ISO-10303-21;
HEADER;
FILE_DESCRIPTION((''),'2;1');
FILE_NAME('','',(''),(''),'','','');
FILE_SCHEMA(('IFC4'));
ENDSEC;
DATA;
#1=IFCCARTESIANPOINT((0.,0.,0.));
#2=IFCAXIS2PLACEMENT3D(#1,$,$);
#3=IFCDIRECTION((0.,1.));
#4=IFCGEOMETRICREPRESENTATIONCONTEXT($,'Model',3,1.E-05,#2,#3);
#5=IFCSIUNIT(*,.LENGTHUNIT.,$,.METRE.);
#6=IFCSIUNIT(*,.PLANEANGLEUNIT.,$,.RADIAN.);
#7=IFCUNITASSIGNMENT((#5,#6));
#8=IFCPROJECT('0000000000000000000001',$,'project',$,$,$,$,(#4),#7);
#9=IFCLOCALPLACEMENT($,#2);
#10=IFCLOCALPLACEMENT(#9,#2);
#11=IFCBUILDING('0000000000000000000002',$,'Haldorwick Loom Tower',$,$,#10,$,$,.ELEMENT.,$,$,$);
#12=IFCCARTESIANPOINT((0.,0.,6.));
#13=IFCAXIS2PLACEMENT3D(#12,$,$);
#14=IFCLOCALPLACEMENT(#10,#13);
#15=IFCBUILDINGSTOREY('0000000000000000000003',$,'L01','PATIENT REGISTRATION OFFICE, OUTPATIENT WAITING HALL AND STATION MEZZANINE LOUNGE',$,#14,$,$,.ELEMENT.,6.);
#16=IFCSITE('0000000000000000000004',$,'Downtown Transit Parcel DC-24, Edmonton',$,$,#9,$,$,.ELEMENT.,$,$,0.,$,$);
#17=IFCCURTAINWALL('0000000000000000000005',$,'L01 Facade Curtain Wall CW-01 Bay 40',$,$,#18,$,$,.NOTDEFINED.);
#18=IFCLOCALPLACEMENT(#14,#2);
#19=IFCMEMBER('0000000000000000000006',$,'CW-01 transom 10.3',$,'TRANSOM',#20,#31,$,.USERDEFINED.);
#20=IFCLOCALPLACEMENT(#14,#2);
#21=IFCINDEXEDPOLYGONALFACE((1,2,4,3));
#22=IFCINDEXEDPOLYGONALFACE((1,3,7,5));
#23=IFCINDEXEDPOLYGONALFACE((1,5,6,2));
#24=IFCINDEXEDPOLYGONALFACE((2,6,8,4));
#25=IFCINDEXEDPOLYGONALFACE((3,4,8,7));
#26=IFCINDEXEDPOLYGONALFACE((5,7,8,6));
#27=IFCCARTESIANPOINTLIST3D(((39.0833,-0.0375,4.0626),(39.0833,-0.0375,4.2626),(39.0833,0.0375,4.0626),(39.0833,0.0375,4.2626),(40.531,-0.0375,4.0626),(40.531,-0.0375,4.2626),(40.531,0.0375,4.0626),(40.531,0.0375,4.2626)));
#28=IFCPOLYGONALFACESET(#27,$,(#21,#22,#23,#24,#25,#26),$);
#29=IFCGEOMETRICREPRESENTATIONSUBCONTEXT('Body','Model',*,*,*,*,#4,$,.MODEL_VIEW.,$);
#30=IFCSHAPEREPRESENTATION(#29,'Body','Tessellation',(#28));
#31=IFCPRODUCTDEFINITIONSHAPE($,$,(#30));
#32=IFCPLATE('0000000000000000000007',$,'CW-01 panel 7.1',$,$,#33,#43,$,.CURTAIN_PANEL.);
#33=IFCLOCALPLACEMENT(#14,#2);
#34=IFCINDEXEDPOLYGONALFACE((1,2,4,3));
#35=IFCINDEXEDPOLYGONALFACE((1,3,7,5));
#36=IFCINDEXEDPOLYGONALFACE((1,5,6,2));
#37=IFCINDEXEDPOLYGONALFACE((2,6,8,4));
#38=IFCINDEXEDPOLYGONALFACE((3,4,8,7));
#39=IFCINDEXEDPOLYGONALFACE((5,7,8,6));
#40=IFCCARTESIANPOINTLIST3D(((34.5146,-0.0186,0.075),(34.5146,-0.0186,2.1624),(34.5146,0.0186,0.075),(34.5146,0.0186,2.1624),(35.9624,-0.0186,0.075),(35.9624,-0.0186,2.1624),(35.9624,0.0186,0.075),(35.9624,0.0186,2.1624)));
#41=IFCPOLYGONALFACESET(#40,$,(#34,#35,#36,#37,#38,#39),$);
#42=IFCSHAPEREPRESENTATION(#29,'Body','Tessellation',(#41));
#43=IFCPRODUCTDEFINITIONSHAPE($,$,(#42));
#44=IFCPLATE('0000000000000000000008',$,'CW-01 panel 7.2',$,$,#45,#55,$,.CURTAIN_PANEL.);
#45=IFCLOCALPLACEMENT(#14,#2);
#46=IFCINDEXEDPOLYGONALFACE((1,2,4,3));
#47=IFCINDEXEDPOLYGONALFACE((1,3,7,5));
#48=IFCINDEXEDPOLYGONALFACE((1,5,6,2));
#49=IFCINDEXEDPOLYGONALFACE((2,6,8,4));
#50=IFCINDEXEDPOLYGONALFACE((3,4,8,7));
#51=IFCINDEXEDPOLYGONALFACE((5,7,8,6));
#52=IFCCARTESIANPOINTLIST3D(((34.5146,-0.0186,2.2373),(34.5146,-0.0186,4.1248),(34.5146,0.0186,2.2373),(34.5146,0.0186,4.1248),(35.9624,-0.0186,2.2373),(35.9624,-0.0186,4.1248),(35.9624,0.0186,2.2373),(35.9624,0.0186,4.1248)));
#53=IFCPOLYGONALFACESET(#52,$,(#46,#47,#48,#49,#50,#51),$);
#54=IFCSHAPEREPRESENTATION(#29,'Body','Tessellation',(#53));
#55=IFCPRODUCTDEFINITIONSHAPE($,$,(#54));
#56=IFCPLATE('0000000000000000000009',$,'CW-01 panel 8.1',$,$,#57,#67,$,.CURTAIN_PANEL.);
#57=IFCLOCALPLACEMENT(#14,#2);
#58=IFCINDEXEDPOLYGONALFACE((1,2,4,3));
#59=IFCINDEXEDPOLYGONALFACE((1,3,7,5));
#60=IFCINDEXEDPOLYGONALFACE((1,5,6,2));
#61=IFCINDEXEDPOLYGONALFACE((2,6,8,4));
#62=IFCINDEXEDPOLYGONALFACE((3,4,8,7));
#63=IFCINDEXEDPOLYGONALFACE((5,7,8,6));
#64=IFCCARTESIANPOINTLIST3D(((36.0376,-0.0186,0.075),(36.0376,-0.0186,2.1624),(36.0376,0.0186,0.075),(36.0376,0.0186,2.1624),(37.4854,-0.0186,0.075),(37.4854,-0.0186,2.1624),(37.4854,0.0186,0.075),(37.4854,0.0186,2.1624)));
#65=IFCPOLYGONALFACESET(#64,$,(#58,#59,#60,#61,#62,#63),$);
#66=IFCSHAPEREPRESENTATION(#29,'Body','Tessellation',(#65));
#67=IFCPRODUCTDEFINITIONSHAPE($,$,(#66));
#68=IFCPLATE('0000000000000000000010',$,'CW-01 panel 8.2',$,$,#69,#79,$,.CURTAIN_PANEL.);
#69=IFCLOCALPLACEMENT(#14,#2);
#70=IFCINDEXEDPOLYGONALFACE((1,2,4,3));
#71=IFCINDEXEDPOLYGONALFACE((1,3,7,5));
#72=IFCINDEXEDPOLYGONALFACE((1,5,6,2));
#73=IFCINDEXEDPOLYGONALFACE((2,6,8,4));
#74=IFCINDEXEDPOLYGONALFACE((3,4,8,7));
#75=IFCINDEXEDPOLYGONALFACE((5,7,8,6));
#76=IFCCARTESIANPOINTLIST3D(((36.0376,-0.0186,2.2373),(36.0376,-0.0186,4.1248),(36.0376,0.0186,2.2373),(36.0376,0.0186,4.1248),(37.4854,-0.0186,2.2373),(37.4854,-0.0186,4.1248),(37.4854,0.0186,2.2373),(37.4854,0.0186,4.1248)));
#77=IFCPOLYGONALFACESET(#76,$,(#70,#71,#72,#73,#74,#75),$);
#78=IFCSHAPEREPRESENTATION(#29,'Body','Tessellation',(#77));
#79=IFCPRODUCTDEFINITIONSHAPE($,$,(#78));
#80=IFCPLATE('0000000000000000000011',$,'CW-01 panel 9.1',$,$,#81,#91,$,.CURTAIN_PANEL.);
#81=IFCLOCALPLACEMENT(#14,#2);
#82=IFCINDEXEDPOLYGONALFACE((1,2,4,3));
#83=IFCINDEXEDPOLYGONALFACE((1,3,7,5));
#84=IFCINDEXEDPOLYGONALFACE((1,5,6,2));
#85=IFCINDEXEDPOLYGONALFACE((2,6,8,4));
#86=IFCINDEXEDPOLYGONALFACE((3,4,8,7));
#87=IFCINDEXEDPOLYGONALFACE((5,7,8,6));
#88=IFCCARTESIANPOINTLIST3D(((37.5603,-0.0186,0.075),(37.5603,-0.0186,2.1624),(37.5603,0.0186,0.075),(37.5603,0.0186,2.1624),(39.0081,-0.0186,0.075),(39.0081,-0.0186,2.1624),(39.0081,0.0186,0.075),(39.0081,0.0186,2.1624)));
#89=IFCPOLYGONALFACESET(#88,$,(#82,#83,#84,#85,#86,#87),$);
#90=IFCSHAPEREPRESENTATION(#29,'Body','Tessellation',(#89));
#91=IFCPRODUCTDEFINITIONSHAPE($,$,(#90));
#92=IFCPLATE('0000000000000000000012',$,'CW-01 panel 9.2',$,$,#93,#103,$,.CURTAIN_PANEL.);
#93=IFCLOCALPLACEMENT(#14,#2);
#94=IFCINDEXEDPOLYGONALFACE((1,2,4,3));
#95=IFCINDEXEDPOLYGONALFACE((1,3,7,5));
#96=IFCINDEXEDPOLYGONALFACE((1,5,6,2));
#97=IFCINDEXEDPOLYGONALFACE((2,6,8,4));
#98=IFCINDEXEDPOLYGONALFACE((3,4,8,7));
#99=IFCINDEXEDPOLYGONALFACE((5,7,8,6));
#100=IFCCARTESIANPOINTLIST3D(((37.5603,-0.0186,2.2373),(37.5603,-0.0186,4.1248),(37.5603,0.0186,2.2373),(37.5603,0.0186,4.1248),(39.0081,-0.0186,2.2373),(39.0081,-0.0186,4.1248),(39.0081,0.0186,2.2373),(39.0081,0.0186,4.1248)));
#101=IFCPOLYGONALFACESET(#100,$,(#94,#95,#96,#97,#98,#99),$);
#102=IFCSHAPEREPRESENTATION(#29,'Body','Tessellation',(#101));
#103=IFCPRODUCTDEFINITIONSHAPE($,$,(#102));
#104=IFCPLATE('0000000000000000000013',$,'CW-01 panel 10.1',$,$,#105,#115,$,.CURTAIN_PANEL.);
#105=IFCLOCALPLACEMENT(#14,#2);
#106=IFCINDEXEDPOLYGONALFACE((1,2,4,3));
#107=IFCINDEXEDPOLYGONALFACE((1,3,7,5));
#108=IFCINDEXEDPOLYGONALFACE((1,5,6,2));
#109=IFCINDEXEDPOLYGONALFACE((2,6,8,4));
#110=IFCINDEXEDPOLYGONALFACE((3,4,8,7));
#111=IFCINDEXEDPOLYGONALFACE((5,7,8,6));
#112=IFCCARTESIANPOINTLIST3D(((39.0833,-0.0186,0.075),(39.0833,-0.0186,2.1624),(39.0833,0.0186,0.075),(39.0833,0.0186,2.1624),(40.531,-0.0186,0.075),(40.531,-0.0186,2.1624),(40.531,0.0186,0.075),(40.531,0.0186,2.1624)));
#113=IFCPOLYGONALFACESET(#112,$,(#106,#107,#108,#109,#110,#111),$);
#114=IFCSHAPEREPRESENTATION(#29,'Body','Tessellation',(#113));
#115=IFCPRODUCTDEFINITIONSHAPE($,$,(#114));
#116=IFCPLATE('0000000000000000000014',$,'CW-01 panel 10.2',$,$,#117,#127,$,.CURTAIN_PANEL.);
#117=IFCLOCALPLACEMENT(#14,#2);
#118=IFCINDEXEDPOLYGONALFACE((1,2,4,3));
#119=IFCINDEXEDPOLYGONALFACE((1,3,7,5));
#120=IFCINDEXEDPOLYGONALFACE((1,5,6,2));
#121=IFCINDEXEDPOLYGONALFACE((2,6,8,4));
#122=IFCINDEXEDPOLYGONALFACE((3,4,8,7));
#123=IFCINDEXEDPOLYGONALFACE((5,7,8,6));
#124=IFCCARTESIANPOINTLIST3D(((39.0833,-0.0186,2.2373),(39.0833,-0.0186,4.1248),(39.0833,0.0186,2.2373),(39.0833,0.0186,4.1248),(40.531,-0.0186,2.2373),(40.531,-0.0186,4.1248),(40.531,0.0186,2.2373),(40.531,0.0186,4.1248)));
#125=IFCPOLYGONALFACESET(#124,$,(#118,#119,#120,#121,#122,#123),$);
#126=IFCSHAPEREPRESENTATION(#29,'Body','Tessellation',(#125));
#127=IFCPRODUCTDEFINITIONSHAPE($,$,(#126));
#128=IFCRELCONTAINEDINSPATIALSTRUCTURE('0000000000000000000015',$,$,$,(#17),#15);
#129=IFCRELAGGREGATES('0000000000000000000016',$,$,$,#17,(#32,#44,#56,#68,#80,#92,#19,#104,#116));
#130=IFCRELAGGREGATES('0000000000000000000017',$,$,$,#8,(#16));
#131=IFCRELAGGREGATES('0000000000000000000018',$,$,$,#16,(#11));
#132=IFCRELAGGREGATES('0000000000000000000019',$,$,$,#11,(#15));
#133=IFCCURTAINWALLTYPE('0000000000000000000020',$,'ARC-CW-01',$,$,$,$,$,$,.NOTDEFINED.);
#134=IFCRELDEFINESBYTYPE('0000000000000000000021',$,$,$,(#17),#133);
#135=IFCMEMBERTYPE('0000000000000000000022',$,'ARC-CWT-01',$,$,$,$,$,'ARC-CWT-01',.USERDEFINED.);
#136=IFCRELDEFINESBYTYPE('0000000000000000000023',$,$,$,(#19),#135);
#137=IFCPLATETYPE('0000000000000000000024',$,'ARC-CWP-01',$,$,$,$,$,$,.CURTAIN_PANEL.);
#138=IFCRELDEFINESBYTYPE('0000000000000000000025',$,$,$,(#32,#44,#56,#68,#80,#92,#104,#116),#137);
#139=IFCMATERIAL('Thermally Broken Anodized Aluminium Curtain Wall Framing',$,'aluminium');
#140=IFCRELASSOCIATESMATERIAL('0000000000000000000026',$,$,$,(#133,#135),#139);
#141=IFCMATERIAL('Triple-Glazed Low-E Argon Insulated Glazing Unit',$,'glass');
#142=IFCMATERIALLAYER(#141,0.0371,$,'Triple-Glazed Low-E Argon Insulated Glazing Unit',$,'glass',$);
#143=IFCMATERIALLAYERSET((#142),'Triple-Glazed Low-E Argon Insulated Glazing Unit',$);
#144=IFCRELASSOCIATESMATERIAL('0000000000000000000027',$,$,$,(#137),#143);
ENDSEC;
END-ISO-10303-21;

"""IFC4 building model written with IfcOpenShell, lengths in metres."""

from ifc_helpers import new_model, si_unit, direction, frame, origin, origin_2d, place, context, subcontext, project, spatial, rectangle, extrude, material, layer, layer_set, material_profile, profile_set, type_object, element, aggregate, save


model = new_model("IFC4")

# Units and contexts
model_context = context("Model", 3, precision=1e-05, world=origin(), true_north=direction((0.0, 1.0)))
body_context = subcontext(model_context, "Body", "Model", "MODEL_VIEW")
ifc_project = project(units=[si_unit("LENGTHUNIT", "METRE"), si_unit("PLANEANGLEUNIT", "RADIAN")], contexts=[model_context])

# Site, building, storey
site_placement = place(None, origin())
site = spatial("IfcSite", under=ifc_project, at=site_placement, Name="Downtown Transit Parcel DC-24, Edmonton", CompositionType="ELEMENT", RefElevation=0.0)
building_placement = place(site_placement, origin())
building = spatial("IfcBuilding", under=site, at=building_placement, Name="Haldorwick Loom Tower", CompositionType="ELEMENT")
storey_placement = place(building_placement, frame((0.0, 0.0, 6.0)))
storey = spatial("IfcBuildingStorey", under=building, at=storey_placement, Name="L01", Description="PATIENT REGISTRATION OFFICE, OUTPATIENT WAITING HALL AND STATION MEZZANINE LOUNGE", CompositionType="ELEMENT", Elevation=6.0)

# Curtain wall, member, plates
ifc_material_1 = material(Name="Thermally Broken Anodized Aluminium Curtain Wall Framing", Category="aluminium")
curtain_wall_type = type_object("IfcCurtainWallType", Name="ARC-CW-01", PredefinedType="NOTDEFINED", material=ifc_material_1)
curtain_wall_placement = place(storey_placement, origin())
curtain_wall = element("IfcCurtainWall", 1, at=curtain_wall_placement, inside=storey, type_object=curtain_wall_type, Name="L01 Facade Curtain Wall CW-01 Bay 40", PredefinedType="NOTDEFINED")
ifc_material_profile_1 = material_profile(ifc_material_1, rectangle(XDim=0.075, YDim=0.2, at=origin_2d()), Name="ALU_TRN_75X200", Category="aluminium")
ifc_profile_set_1 = profile_set([ifc_material_profile_1], Name="Thermally Broken Anodized Aluminium Curtain Wall Framing")
member_type_1 = type_object("IfcMemberType", Name="ARC-CWT-01", ElementType="ARC-CWT-01", PredefinedType="USERDEFINED", material=ifc_profile_set_1)
member_1_placement = place(storey_placement, frame((39.0833, 0.0, 4.1626), z_axis=(1.0, 0.0, 0.0), x_axis=(0.0, 1.0, 0.0)))
member_1 = element("IfcMember", 2, at=member_1_placement, type_object=member_type_1, Name="CW-01 transom 10.3", ObjectType="TRANSOM", PredefinedType="USERDEFINED", context=body_context, shape_type="SweptSolid", body=[
    extrude(rectangle(XDim=0.075, YDim=0.2, at=origin_2d()), origin(), (0.0, 0.0, 1.0), 1.4478),
])
ifc_material_2 = material(Name="Triple-Glazed Low-E Argon Insulated Glazing Unit", Category="glass")
ifc_layer = layer(ifc_material_2, 0.0371, Name="Triple-Glazed Low-E Argon Insulated Glazing Unit", Category="glass")
ifc_layer_set = layer_set([ifc_layer], Name="Triple-Glazed Low-E Argon Insulated Glazing Unit")
plate_type = type_object("IfcPlateType", Name="ARC-CWP-01", PredefinedType="CURTAIN_PANEL", material=ifc_layer_set)
plate_1_placement = place(storey_placement, frame((35.2385, 0.0, 0.075), z_axis=(0.0, 0.0, 1.0), x_axis=(1.0, 0.0, 0.0)))
plate_1 = element("IfcPlate", 3, at=plate_1_placement, type_object=plate_type, Name="CW-01 panel 7.1", PredefinedType="CURTAIN_PANEL", context=body_context, shape_type="SweptSolid", body=[
    extrude(rectangle(XDim=1.4478, YDim=0.0371, at=origin_2d()), origin(), (0.0, 0.0, 1.0), 2.0874),
])
plate_2_placement = place(storey_placement, frame((35.2385, 0.0, 2.2373), z_axis=(0.0, 0.0, 1.0), x_axis=(1.0, 0.0, 0.0)))
plate_2 = element("IfcPlate", 4, at=plate_2_placement, type_object=plate_type, Name="CW-01 panel 7.2", PredefinedType="CURTAIN_PANEL", context=body_context, shape_type="SweptSolid", body=[
    extrude(rectangle(XDim=1.4478, YDim=0.0371, at=origin_2d()), origin(), (0.0, 0.0, 1.0), 1.8875),
])
plate_3_placement = place(storey_placement, frame((36.7615, 0.0, 0.075), z_axis=(0.0, 0.0, 1.0), x_axis=(1.0, 0.0, 0.0)))
plate_3 = element("IfcPlate", 5, at=plate_3_placement, type_object=plate_type, Name="CW-01 panel 8.1", PredefinedType="CURTAIN_PANEL", context=body_context, shape_type="SweptSolid", body=[
    extrude(rectangle(XDim=1.4478, YDim=0.0371, at=origin_2d()), origin(), (0.0, 0.0, 1.0), 2.0874),
])
plate_4_placement = place(storey_placement, frame((36.7615, 0.0, 2.2373), z_axis=(0.0, 0.0, 1.0), x_axis=(1.0, 0.0, 0.0)))
plate_4 = element("IfcPlate", 6, at=plate_4_placement, type_object=plate_type, Name="CW-01 panel 8.2", PredefinedType="CURTAIN_PANEL", context=body_context, shape_type="SweptSolid", body=[
    extrude(rectangle(XDim=1.4478, YDim=0.0371, at=origin_2d()), origin(), (0.0, 0.0, 1.0), 1.8875),
])
plate_5_placement = place(storey_placement, frame((38.2842, 0.0, 0.075), z_axis=(0.0, 0.0, 1.0), x_axis=(1.0, 0.0, 0.0)))
plate_5 = element("IfcPlate", 7, at=plate_5_placement, type_object=plate_type, Name="CW-01 panel 9.1", PredefinedType="CURTAIN_PANEL", context=body_context, shape_type="SweptSolid", body=[
    extrude(rectangle(XDim=1.4478, YDim=0.0371, at=origin_2d()), origin(), (0.0, 0.0, 1.0), 2.0874),
])
plate_6_placement = place(storey_placement, frame((38.2842, 0.0, 2.2373), z_axis=(0.0, 0.0, 1.0), x_axis=(1.0, 0.0, 0.0)))
plate_6 = element("IfcPlate", 8, at=plate_6_placement, type_object=plate_type, Name="CW-01 panel 9.2", PredefinedType="CURTAIN_PANEL", context=body_context, shape_type="SweptSolid", body=[
    extrude(rectangle(XDim=1.4478, YDim=0.0371, at=origin_2d()), origin(), (0.0, 0.0, 1.0), 1.8875),
])
plate_7_placement = place(storey_placement, frame((39.8071, 0.0, 0.075), z_axis=(0.0, 0.0, 1.0), x_axis=(1.0, 0.0, 0.0)))
plate_7 = element("IfcPlate", 9, at=plate_7_placement, type_object=plate_type, Name="CW-01 panel 10.1", PredefinedType="CURTAIN_PANEL", context=body_context, shape_type="SweptSolid", body=[
    extrude(rectangle(XDim=1.4478, YDim=0.0371, at=origin_2d()), origin(), (0.0, 0.0, 1.0), 2.0874),
])
plate_8_placement = place(storey_placement, frame((39.8071, 0.0, 2.2373), z_axis=(0.0, 0.0, 1.0), x_axis=(1.0, 0.0, 0.0)))
plate_8 = element("IfcPlate", 10, at=plate_8_placement, type_object=plate_type, Name="CW-01 panel 10.2", PredefinedType="CURTAIN_PANEL", context=body_context, shape_type="SweptSolid", body=[
    extrude(rectangle(XDim=1.4478, YDim=0.0371, at=origin_2d()), origin(), (0.0, 0.0, 1.0), 1.8875),
])
aggregate(curtain_wall, [plate_1, plate_2, plate_3, plate_4, plate_5, plate_6, member_1, plate_7, plate_8])

save(model, "model.ifc")
